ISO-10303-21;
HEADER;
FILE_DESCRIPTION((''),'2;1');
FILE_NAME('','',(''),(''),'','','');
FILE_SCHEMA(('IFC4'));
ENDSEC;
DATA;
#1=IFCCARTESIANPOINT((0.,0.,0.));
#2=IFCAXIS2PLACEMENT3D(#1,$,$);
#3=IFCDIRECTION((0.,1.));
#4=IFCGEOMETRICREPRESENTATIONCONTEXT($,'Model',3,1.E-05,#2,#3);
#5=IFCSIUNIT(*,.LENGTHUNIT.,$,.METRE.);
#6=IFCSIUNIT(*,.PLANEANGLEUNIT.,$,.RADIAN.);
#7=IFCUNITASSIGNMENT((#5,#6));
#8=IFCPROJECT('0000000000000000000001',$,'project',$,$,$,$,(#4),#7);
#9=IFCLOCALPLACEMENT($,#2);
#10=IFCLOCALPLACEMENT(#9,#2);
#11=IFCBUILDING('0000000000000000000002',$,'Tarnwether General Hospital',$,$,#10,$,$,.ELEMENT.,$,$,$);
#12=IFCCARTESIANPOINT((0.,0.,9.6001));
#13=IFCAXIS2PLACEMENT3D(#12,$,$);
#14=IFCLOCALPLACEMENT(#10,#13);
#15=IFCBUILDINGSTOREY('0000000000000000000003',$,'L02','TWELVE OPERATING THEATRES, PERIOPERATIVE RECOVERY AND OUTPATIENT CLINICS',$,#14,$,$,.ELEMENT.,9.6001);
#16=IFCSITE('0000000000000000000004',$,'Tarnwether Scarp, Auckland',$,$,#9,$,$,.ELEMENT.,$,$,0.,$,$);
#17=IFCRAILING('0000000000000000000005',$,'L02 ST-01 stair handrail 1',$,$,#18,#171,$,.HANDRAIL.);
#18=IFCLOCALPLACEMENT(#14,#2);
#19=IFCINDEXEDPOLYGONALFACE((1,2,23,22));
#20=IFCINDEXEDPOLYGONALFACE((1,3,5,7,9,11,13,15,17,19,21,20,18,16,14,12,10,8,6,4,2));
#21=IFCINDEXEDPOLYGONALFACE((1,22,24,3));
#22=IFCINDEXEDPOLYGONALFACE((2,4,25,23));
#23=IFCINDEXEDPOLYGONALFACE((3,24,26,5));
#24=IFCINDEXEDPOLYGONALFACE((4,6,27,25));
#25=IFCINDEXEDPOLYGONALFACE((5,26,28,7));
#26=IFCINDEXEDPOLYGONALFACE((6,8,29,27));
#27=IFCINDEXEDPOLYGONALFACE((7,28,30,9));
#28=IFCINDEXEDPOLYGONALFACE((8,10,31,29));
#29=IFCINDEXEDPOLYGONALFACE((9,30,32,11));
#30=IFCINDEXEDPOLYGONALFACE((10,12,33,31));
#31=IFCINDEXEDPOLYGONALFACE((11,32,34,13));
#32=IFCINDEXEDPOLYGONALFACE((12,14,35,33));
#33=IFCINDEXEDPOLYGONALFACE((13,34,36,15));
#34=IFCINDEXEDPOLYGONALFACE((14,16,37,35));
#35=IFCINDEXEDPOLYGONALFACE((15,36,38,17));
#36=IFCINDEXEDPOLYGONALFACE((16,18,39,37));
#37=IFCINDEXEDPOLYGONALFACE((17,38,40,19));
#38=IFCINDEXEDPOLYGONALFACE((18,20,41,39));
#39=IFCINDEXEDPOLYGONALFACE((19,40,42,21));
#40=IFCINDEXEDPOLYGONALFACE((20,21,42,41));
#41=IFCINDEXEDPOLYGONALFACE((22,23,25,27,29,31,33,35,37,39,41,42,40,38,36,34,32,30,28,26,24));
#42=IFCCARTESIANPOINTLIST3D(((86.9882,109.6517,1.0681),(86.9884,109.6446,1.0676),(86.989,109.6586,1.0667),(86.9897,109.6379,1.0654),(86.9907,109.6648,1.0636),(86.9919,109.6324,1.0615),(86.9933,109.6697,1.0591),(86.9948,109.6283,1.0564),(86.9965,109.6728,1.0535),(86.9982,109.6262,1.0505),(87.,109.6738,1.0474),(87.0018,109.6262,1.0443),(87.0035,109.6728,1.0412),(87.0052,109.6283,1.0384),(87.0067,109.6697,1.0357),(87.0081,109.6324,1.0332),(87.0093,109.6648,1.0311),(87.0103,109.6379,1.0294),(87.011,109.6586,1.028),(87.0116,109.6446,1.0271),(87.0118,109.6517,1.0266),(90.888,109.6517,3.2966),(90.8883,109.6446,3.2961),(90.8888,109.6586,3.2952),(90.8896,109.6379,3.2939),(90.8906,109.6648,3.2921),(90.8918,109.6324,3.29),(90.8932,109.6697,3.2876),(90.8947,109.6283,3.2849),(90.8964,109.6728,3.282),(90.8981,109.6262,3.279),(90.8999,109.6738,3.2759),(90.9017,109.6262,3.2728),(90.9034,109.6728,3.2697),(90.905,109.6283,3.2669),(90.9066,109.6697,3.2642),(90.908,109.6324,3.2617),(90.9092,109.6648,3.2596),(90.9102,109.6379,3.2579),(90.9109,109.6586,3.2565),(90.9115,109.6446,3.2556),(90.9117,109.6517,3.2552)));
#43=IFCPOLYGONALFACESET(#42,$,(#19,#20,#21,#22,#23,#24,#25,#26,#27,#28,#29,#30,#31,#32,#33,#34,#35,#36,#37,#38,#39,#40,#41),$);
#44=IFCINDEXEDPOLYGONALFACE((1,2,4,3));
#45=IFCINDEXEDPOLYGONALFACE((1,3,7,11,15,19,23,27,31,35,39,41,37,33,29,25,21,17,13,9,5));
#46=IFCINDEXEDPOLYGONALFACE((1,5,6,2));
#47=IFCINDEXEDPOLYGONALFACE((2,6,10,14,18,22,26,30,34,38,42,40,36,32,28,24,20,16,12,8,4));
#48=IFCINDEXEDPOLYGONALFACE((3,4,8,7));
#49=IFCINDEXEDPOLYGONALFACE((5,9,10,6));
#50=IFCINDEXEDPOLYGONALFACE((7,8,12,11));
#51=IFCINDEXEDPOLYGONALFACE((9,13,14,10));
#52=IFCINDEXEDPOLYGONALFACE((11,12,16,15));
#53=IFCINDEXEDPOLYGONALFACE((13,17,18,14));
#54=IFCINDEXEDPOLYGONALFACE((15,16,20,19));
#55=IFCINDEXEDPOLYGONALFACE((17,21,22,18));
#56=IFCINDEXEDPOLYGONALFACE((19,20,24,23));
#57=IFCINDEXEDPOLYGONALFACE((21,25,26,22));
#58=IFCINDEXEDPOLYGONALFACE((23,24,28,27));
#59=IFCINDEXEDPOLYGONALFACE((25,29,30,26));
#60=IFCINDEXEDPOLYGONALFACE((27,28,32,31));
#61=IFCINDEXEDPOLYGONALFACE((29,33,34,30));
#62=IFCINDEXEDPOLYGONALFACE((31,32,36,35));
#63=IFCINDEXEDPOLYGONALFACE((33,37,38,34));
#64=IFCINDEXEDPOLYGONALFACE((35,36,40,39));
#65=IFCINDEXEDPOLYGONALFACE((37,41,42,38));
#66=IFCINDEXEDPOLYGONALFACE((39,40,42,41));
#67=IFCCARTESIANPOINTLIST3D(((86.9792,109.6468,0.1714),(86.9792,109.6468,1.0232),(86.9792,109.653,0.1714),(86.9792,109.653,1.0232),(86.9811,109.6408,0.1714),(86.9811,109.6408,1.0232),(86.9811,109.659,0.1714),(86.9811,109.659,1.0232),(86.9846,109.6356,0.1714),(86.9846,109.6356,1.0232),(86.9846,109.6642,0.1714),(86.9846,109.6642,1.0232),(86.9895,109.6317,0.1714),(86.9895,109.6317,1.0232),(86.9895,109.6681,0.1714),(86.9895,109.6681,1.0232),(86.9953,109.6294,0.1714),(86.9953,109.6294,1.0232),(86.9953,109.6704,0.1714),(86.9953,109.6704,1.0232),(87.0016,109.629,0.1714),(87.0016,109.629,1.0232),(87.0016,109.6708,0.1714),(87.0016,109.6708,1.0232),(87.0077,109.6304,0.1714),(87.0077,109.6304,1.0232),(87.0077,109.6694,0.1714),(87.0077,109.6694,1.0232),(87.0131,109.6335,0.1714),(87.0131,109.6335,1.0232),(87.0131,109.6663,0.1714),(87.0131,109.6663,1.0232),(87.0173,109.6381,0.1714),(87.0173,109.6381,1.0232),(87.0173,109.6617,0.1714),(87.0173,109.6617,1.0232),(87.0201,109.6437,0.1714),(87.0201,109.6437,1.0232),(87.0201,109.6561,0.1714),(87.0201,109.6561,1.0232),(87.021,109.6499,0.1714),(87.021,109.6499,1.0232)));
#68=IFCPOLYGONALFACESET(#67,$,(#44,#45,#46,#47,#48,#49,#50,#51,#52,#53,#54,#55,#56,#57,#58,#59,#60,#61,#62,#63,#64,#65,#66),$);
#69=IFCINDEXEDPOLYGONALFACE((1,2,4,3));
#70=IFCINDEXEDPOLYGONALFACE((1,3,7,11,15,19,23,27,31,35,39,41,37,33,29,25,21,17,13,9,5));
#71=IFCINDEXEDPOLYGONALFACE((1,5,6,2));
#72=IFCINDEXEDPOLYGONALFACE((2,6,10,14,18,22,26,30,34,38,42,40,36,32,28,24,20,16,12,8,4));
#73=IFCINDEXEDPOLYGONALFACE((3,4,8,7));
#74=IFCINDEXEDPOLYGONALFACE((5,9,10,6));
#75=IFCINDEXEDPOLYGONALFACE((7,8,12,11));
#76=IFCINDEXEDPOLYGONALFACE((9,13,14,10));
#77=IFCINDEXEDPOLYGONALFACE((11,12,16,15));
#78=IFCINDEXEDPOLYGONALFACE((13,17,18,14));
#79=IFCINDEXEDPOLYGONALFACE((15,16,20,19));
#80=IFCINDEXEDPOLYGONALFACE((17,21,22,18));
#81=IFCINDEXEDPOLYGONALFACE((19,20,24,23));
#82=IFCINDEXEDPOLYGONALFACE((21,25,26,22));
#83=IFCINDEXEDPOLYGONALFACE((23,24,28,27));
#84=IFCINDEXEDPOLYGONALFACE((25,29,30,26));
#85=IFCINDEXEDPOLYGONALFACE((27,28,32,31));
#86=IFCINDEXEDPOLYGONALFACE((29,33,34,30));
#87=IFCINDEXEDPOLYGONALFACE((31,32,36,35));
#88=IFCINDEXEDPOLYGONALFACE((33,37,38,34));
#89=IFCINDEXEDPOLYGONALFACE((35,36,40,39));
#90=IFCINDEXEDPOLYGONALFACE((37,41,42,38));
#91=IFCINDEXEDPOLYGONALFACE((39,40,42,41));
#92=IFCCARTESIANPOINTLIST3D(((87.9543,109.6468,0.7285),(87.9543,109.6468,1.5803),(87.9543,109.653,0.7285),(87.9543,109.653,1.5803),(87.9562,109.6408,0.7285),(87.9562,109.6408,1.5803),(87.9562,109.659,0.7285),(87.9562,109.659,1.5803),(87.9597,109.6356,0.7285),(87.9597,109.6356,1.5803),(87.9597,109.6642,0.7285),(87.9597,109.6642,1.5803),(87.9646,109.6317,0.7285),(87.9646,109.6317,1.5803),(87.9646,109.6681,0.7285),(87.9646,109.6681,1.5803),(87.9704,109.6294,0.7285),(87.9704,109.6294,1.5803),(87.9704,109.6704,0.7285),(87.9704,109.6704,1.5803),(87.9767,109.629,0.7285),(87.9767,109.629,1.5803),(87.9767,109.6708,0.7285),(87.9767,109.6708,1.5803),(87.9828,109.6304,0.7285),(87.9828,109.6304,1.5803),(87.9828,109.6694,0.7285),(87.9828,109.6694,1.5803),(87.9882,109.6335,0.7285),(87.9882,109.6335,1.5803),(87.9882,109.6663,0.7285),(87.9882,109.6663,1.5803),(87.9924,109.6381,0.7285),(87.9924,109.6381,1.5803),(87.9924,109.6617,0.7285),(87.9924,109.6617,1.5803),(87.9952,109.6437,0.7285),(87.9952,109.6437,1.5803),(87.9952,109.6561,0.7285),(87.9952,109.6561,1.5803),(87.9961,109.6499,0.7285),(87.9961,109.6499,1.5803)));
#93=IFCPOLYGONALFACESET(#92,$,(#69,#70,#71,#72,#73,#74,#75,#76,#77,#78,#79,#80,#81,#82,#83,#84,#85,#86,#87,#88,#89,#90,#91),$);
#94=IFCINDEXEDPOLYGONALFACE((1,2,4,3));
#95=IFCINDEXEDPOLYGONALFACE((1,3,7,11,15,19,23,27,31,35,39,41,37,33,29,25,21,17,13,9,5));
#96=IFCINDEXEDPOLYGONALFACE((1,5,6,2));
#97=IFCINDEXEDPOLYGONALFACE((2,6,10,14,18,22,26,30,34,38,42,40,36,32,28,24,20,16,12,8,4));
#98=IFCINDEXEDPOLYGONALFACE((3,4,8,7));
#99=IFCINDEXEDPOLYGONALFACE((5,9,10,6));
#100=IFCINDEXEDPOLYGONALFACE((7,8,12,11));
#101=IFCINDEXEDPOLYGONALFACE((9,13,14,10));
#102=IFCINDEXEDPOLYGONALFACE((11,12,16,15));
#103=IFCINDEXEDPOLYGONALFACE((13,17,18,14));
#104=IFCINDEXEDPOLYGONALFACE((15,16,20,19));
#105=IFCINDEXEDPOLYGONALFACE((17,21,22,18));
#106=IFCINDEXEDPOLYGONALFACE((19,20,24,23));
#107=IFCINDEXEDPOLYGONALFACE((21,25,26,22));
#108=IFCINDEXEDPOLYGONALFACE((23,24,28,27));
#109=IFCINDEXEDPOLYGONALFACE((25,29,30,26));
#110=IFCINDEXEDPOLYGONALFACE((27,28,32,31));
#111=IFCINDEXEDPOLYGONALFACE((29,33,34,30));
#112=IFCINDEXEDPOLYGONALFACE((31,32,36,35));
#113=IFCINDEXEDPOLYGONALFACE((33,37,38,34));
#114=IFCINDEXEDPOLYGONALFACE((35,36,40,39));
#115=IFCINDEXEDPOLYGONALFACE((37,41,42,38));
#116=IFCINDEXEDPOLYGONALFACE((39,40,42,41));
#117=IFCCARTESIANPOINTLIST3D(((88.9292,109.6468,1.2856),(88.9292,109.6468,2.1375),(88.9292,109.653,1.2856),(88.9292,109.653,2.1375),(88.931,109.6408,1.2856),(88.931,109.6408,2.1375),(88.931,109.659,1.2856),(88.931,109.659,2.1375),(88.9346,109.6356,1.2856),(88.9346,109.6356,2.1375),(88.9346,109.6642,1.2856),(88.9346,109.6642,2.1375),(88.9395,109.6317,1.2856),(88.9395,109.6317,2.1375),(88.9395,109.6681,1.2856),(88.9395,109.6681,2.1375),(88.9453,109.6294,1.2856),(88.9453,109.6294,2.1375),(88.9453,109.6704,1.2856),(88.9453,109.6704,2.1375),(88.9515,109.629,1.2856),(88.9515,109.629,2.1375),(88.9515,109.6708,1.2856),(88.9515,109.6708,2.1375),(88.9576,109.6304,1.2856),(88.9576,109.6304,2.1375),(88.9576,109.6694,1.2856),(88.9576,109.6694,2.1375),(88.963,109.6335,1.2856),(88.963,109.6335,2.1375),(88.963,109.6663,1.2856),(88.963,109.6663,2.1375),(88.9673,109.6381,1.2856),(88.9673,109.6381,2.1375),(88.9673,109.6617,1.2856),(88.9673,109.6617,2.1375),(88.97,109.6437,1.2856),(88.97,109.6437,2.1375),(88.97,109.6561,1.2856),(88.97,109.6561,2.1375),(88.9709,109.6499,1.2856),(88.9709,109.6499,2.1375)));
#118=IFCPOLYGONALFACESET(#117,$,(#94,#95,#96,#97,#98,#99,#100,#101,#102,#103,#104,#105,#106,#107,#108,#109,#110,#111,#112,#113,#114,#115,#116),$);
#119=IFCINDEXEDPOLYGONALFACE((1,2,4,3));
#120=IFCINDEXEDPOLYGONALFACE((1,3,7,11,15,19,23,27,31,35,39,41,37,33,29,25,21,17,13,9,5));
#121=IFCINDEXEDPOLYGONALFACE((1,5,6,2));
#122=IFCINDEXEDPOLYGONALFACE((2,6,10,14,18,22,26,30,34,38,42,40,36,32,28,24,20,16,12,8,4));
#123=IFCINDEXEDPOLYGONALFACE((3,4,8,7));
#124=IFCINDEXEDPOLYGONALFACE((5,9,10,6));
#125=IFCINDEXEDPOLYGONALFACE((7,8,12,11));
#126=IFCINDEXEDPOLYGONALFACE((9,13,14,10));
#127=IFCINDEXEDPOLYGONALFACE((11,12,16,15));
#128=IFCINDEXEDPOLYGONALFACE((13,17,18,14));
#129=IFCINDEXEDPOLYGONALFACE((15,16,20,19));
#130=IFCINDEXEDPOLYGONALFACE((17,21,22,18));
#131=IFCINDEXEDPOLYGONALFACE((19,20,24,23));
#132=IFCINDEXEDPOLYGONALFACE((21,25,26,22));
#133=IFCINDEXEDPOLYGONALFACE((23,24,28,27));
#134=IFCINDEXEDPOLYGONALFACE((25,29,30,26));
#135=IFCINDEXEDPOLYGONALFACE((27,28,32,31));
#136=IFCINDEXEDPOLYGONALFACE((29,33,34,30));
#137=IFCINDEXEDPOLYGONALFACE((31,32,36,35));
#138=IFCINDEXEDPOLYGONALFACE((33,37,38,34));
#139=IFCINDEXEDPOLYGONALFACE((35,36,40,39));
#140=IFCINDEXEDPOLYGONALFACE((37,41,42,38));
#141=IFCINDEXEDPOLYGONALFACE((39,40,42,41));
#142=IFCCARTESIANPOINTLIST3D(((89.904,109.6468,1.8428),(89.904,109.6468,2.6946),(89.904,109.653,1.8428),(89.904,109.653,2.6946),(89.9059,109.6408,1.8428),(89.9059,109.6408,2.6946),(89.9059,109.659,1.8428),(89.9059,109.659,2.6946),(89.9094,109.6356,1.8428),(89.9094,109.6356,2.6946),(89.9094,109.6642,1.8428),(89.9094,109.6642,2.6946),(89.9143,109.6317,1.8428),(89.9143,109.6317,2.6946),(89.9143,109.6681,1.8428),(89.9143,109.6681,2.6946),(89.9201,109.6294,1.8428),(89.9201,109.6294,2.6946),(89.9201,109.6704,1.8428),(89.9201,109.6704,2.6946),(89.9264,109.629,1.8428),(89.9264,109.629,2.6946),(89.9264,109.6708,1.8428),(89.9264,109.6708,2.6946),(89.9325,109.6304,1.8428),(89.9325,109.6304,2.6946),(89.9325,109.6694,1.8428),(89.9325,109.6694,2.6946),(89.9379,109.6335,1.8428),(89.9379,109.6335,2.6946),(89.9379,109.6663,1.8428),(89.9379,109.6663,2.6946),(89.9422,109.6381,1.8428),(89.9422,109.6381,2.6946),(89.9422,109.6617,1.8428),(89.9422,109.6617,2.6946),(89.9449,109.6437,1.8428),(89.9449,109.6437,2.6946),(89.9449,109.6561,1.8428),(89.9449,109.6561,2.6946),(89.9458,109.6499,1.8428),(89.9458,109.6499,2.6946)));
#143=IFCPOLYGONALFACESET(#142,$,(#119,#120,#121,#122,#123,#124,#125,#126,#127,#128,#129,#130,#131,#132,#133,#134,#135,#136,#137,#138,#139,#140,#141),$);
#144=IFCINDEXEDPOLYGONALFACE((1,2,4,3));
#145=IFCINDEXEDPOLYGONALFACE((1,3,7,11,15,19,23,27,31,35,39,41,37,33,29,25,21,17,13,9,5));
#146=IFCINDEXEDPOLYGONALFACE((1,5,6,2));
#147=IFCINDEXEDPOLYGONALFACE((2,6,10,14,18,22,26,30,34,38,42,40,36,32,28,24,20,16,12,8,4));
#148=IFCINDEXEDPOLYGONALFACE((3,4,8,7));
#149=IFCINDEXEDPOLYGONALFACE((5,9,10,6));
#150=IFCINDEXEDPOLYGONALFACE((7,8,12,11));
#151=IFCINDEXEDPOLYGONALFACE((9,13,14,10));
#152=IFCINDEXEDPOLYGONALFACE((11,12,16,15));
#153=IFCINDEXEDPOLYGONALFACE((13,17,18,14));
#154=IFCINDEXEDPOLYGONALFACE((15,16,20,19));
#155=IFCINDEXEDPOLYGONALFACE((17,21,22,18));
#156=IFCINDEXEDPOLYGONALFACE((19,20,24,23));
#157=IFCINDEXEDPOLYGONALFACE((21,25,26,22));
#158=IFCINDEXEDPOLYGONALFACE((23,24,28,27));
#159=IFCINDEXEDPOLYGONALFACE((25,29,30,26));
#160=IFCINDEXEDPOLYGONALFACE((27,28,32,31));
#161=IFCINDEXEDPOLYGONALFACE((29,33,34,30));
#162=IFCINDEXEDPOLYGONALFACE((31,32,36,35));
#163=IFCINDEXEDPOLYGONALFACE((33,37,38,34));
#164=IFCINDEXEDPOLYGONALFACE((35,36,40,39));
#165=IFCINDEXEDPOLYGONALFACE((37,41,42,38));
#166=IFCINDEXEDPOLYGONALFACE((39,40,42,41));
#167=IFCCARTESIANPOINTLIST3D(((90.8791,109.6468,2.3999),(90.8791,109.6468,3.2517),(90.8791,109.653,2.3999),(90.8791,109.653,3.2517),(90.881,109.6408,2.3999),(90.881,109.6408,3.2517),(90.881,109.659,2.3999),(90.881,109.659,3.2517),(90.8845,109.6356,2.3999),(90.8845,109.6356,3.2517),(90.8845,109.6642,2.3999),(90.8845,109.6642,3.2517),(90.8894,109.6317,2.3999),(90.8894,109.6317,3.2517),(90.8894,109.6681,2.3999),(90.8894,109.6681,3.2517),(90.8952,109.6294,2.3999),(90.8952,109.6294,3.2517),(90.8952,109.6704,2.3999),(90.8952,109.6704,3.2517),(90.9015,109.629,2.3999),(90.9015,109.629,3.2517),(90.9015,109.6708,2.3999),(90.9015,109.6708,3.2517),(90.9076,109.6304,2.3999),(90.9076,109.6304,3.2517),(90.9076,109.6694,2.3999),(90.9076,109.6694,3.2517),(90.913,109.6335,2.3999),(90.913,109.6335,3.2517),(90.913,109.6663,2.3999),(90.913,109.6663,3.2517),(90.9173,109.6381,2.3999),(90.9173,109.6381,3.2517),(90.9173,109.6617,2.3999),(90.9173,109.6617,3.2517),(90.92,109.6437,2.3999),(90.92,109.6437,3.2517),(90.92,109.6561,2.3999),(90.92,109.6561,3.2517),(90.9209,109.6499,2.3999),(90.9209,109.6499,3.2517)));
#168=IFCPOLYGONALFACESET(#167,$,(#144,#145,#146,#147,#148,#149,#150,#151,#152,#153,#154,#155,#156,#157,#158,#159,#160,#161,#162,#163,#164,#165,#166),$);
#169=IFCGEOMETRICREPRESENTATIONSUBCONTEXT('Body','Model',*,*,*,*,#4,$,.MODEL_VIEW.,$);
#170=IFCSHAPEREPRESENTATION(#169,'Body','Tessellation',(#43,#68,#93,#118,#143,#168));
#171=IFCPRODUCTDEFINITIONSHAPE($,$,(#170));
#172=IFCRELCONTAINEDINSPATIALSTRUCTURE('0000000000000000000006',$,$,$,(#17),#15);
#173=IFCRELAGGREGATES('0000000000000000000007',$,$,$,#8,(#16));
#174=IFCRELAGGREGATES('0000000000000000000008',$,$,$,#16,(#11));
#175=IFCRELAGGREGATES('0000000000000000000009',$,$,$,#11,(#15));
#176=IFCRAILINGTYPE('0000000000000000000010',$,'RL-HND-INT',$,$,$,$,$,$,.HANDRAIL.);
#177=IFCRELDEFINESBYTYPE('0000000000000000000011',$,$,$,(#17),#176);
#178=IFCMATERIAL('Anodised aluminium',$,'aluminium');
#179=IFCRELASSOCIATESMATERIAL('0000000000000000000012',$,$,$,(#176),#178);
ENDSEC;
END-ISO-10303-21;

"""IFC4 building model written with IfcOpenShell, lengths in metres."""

from ifc_helpers import new_model, si_unit, direction, frame, origin, origin_2d, place, context, subcontext, project, spatial, circle, extrude, material, type_object, element, save


model = new_model("IFC4")

# Units and contexts
model_context = context("Model", 3, precision=1e-05, world=origin(), true_north=direction((0.0, 1.0)))
body_context = subcontext(model_context, "Body", "Model", "MODEL_VIEW")
ifc_project = project(units=[si_unit("LENGTHUNIT", "METRE"), si_unit("PLANEANGLEUNIT", "RADIAN")], contexts=[model_context])

# Site, building, storey
site_placement = place(None, origin())
site = spatial("IfcSite", under=ifc_project, at=site_placement, Name="Tarnwether Scarp, Auckland", CompositionType="ELEMENT", RefElevation=0.0)
building_placement = place(site_placement, origin())
building = spatial("IfcBuilding", under=site, at=building_placement, Name="Tarnwether General Hospital", CompositionType="ELEMENT")
storey_placement = place(building_placement, frame((0.0, 0.0, 9.6001)))
storey = spatial("IfcBuildingStorey", under=building, at=storey_placement, Name="L02", Description="TWELVE OPERATING THEATRES, PERIOPERATIVE RECOVERY AND OUTPATIENT CLINICS", CompositionType="ELEMENT", Elevation=9.6001)

# Railing
ifc_material_1 = material(Name="Anodised aluminium", Category="aluminium")
railing_type = type_object("IfcRailingType", Name="RL-HND-INT", PredefinedType="HANDRAIL", material=ifc_material_1)
railing_placement = place(storey_placement, frame((87.0, 109.6499, 0.1714)))
element("IfcRailing", 1, at=railing_placement, inside=storey, type_object=railing_type, Name="L02 ST-01 stair handrail 1", PredefinedType="HANDRAIL", context=body_context, shape_type="SweptSolid", body=[
    extrude(circle(Radius=0.0239, at=origin_2d()), frame((0.0, 0.0, 0.876), z_axis=(0.868243, 0.0, 0.496139), x_axis=(0.0, 1.0, 0.0)), (0.0, 0.0, 1.0), 4.4917),
    extrude(circle(Radius=0.021, at=origin_2d()), origin(), (0.0, 0.0, 1.0), 0.8518),
    extrude(circle(Radius=0.021, at=origin_2d()), frame((0.9751, 0.0, 0.5571)), (0.0, 0.0, 1.0), 0.8518),
    extrude(circle(Radius=0.021, at=origin_2d()), frame((1.95, 0.0, 1.1143)), (0.0, 0.0, 1.0), 0.8518),
    extrude(circle(Radius=0.021, at=origin_2d()), frame((2.9248, 0.0, 1.6714)), (0.0, 0.0, 1.0), 0.8518),
    extrude(circle(Radius=0.021, at=origin_2d()), frame((3.8999, 0.0, 2.2285)), (0.0, 0.0, 1.0), 0.8518),
])

save(model, "model.ifc")
